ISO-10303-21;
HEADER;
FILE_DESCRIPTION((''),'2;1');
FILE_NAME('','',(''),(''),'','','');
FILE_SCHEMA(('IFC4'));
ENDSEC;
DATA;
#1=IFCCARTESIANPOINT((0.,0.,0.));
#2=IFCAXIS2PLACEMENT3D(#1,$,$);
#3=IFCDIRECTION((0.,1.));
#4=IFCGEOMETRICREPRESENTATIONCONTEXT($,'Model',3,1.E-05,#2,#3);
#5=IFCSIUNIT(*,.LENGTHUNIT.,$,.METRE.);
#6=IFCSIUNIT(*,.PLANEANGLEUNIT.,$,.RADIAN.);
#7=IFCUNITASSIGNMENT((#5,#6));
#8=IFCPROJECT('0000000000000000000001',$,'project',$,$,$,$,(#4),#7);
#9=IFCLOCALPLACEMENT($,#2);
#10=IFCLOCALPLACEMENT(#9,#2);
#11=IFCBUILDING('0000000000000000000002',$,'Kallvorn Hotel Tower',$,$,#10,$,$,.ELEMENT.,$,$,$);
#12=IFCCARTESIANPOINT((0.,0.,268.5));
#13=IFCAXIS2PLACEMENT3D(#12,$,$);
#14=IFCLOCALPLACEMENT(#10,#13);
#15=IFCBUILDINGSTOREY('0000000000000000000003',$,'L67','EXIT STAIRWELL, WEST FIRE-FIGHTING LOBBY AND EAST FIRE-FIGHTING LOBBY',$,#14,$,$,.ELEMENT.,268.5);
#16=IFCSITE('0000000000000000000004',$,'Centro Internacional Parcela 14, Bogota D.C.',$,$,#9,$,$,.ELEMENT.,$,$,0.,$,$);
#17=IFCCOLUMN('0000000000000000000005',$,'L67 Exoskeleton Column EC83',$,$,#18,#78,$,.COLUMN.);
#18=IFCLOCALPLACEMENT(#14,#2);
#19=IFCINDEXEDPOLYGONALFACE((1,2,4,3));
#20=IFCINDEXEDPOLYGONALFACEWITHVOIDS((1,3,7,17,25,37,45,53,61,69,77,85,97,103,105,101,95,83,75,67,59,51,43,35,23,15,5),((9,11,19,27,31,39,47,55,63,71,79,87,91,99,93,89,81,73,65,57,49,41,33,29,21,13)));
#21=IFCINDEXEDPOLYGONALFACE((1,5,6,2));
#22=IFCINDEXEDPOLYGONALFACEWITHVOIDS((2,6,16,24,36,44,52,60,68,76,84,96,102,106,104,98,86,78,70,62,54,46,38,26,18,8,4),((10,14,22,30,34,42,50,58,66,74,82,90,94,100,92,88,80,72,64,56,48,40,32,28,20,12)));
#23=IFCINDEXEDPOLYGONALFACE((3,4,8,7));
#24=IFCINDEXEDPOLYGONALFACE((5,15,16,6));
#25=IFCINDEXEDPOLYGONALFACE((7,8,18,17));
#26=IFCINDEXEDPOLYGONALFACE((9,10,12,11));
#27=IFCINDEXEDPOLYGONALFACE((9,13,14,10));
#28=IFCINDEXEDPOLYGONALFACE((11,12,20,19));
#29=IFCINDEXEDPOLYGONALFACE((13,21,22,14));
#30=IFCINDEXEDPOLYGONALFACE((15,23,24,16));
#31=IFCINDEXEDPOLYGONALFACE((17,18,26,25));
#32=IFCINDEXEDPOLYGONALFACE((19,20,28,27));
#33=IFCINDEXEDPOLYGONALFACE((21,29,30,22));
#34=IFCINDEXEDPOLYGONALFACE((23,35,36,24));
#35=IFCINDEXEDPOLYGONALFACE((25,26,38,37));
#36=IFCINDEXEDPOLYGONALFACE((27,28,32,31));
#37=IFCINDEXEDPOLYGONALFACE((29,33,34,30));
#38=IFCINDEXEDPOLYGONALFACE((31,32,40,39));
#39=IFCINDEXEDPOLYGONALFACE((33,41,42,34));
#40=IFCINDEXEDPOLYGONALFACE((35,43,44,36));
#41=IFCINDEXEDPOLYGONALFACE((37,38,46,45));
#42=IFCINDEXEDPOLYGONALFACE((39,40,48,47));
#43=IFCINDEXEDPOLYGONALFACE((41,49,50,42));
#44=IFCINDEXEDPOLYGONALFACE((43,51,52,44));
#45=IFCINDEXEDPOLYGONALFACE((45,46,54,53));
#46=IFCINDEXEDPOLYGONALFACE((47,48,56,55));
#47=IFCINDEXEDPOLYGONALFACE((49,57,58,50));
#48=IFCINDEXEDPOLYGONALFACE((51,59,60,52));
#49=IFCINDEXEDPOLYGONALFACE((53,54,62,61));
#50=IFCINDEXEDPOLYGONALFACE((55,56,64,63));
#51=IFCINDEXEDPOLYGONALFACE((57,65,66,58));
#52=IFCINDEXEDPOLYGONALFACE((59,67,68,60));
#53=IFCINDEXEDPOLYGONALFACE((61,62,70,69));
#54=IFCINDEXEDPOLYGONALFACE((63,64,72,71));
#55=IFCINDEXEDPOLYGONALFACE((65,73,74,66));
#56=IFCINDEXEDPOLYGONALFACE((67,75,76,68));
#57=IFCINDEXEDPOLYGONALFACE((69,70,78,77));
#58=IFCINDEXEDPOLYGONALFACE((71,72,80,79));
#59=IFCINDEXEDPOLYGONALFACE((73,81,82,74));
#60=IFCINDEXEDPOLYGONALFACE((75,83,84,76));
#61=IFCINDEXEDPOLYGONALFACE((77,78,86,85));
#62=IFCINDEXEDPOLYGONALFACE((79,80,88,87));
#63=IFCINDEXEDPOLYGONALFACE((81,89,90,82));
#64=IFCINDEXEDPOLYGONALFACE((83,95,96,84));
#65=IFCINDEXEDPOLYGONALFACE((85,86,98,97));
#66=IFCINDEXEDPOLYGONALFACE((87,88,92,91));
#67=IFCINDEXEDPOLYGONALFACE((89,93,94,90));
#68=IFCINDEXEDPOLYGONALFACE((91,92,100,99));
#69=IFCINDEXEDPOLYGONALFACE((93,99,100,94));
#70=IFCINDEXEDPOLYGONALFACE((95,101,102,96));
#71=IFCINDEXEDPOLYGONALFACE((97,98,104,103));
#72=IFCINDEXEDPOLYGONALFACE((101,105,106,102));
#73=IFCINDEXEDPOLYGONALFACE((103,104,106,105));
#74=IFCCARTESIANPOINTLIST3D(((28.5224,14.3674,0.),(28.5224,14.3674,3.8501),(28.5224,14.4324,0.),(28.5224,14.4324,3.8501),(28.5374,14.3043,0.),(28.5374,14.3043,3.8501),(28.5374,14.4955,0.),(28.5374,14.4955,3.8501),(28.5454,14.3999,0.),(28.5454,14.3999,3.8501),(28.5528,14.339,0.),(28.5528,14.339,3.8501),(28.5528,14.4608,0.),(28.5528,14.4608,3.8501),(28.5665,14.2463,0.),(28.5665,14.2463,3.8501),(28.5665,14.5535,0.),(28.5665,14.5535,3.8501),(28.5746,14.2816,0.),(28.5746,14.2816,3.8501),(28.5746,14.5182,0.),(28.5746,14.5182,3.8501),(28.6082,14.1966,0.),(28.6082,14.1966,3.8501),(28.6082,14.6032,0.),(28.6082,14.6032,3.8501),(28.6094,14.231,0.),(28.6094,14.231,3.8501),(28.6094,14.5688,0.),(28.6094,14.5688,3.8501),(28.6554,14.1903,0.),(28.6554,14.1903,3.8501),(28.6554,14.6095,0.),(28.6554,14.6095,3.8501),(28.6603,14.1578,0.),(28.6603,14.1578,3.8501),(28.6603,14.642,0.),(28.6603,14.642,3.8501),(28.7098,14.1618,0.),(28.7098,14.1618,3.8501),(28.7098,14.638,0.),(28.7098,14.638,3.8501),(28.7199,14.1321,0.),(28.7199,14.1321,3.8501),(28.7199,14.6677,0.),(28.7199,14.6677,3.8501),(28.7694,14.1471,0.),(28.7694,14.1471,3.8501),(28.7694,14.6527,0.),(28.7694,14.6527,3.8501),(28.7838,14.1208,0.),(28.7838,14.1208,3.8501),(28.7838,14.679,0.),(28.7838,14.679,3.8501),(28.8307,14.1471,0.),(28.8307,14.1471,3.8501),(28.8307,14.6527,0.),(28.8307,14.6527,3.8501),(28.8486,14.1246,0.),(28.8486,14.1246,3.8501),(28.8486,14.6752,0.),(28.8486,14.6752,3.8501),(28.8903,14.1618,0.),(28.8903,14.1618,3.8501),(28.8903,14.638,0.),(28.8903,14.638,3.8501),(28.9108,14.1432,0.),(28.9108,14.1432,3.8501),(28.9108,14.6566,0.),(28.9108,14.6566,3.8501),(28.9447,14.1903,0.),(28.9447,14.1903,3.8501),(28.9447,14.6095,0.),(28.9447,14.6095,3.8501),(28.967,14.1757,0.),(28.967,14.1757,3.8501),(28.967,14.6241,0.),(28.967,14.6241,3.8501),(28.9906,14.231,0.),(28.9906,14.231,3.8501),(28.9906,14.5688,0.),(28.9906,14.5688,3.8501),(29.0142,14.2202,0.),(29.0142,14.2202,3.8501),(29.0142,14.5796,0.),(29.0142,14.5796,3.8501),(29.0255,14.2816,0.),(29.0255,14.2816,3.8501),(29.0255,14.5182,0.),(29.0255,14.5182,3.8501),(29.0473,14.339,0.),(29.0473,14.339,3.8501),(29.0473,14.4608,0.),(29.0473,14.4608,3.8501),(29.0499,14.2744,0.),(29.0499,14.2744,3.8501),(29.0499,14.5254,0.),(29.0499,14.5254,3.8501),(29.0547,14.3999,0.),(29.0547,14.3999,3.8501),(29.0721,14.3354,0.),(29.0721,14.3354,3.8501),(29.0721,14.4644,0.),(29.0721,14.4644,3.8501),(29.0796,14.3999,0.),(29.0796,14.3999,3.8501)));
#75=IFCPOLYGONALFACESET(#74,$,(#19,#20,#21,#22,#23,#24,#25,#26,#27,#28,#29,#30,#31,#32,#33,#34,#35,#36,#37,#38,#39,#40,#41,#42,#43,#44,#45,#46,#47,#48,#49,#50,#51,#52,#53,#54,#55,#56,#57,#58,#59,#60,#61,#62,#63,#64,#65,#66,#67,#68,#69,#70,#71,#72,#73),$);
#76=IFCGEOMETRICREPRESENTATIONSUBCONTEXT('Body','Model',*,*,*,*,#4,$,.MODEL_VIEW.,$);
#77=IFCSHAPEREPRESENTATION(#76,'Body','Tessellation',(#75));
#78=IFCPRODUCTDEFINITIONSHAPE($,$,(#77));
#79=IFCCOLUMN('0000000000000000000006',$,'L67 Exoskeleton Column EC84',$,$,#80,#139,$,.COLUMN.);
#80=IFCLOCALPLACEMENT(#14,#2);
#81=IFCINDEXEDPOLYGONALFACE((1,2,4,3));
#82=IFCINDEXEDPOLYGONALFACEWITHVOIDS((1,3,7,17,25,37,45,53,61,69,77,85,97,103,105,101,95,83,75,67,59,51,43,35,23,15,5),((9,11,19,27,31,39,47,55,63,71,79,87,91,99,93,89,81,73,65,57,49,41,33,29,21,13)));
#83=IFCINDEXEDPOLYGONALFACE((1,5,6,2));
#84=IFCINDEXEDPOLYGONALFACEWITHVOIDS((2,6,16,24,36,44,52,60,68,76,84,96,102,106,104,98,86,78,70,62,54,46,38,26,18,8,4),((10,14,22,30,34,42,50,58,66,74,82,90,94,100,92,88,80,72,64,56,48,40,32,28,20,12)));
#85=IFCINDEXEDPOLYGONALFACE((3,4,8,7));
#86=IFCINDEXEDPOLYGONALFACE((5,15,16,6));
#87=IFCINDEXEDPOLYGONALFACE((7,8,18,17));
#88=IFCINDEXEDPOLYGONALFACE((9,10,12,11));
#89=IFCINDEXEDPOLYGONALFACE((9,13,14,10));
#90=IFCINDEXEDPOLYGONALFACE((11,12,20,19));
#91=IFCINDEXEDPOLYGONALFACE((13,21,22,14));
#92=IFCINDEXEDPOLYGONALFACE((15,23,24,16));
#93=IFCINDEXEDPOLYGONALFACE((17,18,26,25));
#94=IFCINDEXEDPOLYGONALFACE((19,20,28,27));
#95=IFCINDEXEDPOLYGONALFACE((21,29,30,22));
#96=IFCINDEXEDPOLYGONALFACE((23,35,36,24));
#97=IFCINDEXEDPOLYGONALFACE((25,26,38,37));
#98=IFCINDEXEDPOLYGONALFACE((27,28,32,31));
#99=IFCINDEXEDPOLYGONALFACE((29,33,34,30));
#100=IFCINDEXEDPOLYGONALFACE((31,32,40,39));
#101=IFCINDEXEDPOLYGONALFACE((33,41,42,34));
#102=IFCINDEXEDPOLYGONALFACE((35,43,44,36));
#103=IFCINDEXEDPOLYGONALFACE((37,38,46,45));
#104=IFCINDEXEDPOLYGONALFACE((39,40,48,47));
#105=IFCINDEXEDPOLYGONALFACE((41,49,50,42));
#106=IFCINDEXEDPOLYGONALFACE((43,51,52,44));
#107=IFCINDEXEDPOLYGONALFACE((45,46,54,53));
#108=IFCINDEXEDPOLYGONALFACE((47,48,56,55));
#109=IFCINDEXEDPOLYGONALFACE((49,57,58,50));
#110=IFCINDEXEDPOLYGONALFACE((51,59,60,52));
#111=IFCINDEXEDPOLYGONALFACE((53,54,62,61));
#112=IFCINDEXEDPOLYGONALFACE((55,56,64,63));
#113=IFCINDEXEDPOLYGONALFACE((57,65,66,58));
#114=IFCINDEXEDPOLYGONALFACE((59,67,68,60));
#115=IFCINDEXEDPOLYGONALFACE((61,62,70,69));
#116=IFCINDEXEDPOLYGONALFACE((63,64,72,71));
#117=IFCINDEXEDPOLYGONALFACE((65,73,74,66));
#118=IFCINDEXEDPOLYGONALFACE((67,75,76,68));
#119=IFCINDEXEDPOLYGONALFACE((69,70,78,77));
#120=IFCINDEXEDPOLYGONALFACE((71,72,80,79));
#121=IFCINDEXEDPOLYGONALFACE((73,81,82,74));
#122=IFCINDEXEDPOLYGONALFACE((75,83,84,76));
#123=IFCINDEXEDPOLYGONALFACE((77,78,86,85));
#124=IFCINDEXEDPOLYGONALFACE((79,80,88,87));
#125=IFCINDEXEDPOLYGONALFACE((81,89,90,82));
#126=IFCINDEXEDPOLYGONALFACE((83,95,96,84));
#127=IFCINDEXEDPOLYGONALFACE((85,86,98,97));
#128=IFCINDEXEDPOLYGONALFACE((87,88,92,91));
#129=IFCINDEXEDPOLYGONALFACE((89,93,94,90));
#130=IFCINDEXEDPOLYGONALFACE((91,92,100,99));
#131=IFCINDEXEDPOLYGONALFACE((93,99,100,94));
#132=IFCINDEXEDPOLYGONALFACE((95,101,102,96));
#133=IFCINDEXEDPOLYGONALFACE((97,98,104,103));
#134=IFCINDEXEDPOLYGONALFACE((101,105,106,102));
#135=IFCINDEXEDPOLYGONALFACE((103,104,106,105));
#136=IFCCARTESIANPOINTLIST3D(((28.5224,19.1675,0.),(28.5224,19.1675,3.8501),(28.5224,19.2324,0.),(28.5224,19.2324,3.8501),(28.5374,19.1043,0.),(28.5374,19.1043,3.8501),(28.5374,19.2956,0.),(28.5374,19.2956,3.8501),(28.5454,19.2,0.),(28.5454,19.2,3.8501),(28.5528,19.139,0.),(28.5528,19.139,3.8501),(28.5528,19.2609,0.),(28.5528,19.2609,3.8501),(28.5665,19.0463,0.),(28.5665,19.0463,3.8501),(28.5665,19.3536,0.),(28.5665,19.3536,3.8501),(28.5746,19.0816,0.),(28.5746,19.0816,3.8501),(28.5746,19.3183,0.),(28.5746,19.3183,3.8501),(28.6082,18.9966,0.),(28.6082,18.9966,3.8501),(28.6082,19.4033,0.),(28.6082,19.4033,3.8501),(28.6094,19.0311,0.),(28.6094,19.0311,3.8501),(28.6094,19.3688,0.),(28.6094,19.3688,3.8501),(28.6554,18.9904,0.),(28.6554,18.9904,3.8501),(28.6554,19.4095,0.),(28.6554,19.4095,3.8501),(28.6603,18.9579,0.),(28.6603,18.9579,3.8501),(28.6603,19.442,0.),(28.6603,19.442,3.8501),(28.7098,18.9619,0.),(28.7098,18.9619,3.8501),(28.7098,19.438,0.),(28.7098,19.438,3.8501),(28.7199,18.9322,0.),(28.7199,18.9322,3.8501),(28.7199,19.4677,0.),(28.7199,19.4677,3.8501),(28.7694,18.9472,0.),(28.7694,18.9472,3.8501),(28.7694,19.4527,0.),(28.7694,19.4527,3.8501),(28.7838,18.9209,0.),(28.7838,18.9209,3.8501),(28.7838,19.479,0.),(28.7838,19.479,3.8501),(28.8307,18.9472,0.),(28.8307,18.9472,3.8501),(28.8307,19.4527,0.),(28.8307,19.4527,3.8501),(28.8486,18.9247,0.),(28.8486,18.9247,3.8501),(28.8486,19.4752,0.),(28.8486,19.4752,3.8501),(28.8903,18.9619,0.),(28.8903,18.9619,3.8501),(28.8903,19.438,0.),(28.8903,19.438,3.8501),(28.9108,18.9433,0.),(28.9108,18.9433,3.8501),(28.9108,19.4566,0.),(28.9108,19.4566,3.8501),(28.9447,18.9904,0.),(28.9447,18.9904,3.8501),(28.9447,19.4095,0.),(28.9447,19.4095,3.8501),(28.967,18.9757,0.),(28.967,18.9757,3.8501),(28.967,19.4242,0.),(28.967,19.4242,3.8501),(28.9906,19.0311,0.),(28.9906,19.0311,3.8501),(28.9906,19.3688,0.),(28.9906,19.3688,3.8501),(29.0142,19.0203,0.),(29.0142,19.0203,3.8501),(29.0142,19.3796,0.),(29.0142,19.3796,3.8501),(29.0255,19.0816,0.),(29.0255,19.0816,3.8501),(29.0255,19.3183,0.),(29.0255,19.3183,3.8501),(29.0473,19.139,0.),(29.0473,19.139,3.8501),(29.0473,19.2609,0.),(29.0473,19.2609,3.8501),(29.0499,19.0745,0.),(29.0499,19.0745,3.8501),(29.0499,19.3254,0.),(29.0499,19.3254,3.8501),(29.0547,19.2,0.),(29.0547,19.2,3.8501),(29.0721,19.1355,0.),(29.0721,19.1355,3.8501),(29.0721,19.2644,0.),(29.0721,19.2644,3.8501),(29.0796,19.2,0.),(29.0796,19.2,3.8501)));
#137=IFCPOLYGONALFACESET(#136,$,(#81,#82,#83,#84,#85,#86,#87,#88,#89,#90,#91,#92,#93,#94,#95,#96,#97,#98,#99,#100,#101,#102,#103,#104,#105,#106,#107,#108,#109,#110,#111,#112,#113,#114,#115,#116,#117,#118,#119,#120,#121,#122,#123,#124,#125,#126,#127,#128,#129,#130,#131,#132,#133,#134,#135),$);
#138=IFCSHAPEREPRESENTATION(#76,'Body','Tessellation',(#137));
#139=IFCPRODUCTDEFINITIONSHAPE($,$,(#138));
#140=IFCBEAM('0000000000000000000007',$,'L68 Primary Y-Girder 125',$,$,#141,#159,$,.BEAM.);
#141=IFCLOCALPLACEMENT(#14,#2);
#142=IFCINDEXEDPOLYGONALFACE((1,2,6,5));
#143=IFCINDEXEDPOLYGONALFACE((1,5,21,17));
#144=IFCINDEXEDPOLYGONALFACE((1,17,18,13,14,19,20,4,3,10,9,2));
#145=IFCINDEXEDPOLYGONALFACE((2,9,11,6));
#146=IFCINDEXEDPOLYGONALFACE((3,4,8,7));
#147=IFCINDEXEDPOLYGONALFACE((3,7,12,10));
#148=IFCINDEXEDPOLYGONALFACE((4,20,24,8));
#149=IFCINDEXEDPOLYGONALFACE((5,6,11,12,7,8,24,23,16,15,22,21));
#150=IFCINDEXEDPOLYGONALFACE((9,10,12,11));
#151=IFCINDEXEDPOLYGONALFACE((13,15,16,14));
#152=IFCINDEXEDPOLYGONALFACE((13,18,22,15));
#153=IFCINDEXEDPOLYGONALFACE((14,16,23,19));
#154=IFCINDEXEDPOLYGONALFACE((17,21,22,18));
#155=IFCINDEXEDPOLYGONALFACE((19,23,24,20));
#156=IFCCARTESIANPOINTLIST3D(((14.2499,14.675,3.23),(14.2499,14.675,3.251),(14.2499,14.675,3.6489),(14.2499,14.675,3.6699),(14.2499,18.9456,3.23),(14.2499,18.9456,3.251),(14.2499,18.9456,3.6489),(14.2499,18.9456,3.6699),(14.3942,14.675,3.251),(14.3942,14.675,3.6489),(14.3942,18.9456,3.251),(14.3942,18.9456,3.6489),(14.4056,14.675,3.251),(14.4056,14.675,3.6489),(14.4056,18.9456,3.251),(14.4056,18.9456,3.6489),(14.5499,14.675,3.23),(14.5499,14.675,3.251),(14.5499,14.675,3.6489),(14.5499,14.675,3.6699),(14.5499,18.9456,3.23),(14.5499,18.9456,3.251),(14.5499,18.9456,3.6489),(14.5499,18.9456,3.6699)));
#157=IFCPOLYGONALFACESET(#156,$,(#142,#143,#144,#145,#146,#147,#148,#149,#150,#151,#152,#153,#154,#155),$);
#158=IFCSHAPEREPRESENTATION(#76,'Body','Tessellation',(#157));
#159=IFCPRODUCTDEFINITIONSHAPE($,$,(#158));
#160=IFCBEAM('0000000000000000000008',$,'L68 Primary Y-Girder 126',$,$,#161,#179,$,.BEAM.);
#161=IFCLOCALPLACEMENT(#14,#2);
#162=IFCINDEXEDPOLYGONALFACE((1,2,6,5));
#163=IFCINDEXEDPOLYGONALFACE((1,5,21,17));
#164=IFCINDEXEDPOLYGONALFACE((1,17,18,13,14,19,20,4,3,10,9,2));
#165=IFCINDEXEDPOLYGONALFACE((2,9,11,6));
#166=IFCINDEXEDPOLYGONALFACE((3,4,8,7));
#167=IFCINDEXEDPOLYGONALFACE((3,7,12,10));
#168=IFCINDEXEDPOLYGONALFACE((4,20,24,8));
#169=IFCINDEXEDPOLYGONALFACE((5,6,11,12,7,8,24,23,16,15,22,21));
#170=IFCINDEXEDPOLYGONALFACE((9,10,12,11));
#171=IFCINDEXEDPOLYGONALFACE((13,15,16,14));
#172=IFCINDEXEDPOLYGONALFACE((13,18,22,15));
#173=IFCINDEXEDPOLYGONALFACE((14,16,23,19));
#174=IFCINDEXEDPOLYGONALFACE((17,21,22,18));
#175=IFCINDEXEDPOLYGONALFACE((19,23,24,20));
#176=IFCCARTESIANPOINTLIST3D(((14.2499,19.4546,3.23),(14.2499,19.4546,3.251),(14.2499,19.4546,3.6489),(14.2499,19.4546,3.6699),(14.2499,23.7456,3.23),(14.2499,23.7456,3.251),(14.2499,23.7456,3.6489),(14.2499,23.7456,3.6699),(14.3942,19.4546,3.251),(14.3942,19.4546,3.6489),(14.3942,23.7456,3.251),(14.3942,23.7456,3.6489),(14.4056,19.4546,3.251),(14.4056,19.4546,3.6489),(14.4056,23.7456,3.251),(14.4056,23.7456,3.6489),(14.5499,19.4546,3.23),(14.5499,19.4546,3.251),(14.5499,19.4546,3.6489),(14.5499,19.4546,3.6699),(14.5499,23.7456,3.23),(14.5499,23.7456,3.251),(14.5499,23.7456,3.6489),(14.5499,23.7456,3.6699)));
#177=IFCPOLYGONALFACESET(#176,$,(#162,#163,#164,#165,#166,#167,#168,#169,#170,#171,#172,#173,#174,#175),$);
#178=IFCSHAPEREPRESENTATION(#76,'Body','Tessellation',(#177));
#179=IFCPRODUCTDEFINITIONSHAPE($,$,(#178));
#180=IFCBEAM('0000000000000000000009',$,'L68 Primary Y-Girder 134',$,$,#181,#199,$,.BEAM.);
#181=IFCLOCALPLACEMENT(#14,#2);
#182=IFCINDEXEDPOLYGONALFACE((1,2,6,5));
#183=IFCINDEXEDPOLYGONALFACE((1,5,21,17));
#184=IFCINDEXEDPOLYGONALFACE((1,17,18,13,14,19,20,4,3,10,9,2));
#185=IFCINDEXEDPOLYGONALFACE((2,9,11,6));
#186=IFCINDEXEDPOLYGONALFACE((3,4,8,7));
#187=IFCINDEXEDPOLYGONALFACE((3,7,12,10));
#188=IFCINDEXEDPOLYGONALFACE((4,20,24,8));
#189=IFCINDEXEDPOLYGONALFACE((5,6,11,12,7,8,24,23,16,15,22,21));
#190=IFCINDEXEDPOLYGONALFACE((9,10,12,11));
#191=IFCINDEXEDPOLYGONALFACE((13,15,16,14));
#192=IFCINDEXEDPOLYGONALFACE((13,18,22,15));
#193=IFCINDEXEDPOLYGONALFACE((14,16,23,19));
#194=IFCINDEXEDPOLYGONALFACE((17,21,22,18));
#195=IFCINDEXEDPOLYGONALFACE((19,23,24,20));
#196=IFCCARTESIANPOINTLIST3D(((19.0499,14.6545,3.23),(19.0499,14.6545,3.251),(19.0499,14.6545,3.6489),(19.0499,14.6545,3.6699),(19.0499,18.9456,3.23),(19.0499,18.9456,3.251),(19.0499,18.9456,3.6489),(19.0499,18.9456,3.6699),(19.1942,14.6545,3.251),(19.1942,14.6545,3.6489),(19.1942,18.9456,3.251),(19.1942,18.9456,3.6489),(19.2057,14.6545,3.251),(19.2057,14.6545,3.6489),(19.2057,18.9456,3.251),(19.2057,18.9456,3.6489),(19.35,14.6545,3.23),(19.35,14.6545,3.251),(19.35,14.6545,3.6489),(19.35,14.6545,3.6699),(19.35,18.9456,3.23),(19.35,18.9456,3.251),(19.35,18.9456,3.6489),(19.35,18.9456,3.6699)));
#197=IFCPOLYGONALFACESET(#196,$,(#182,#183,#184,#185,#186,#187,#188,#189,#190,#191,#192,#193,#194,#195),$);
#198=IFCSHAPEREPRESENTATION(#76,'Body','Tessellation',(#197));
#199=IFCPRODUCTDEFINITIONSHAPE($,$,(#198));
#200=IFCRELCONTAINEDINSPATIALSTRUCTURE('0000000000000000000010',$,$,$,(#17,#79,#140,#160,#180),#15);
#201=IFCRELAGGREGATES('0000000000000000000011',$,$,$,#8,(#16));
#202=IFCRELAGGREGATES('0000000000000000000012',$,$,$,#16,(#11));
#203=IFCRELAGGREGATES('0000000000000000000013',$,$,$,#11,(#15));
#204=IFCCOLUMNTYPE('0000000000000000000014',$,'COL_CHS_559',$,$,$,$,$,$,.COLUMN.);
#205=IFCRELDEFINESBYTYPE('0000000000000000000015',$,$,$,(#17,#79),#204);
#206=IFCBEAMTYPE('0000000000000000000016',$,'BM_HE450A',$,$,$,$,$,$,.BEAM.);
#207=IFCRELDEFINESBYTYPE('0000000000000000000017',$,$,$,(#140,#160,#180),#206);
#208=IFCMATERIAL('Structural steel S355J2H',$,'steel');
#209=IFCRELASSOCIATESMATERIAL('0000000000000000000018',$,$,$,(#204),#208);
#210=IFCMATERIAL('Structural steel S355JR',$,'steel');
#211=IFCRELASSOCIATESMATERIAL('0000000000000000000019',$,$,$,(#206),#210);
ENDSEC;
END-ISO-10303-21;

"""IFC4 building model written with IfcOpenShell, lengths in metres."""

from ifc_helpers import new_model, si_unit, direction, frame, origin, origin_2d, place, context, subcontext, project, spatial, hollow_circle, i_section, extrude, material, material_profile, profile_set, type_object, element, save


model = new_model("IFC4")

# Units and contexts
model_context = context("Model", 3, precision=1e-05, world=origin(), true_north=direction((0.0, 1.0)))
body_context = subcontext(model_context, "Body", "Model", "MODEL_VIEW")
ifc_project = project(units=[si_unit("LENGTHUNIT", "METRE"), si_unit("PLANEANGLEUNIT", "RADIAN")], contexts=[model_context])

# Site, building, storey
site_placement = place(None, origin())
site = spatial("IfcSite", under=ifc_project, at=site_placement, Name="Centro Internacional Parcela 14, Bogota D.C.", CompositionType="ELEMENT", RefElevation=0.0)
building_placement = place(site_placement, origin())
building = spatial("IfcBuilding", under=site, at=building_placement, Name="Kallvorn Hotel Tower", CompositionType="ELEMENT")
storey_placement = place(building_placement, frame((0.0, 0.0, 268.5)))
storey = spatial("IfcBuildingStorey", under=building, at=storey_placement, Name="L67", Description="EXIT STAIRWELL, WEST FIRE-FIGHTING LOBBY AND EAST FIRE-FIGHTING LOBBY", CompositionType="ELEMENT", Elevation=268.5)

# Columns
ifc_material_1 = material(Name="Structural steel S355J2H", Category="steel")
ifc_material_profile_1 = material_profile(ifc_material_1, hollow_circle(Radius=0.2795, WallThickness=0.0249, at=origin_2d()), Name="CHS 559x25")
ifc_profile_set_1 = profile_set([ifc_material_profile_1], Name="Structural steel S355J2H")
column_type = type_object("IfcColumnType", Name="COL_CHS_559", PredefinedType="COLUMN", material=ifc_profile_set_1)
for number, where, z_axis, x_axis, name in (
    (1, (28.8, 14.3999, 0.0), (0.0, 0.0, 1.0), (1.0, 0.0, 0.0), "L67 Exoskeleton Column EC83"),
    (2, (28.8, 19.2, 0.0), (0.0, 0.0, 1.0), (1.0, 0.0, 0.0), "L67 Exoskeleton Column EC84"),
):
    element("IfcColumn", number, at=place(storey_placement, frame(where, z_axis=z_axis, x_axis=x_axis)), inside=storey, type_object=column_type, Name=name, PredefinedType="COLUMN", context=body_context, shape_type="SweptSolid", body=[
        extrude(hollow_circle(Radius=0.2795, WallThickness=0.0249, at=origin_2d()), origin(), (0.0, 0.0, 1.0), 3.8501),
    ])

# Beams
ifc_material_2 = material(Name="Structural steel S355JR", Category="steel")
ifc_material_profile_2 = material_profile(ifc_material_2, i_section(OverallWidth=0.3, OverallDepth=0.4399, WebThickness=0.0115, FlangeThickness=0.021, at=origin_2d()), Name="HE 450 A")
ifc_profile_set_2 = profile_set([ifc_material_profile_2], Name="Structural steel S355JR")
beam_type_1 = type_object("IfcBeamType", Name="BM_HE450A", PredefinedType="BEAM", material=ifc_profile_set_2)
beam_1_placement = place(storey_placement, frame((14.3999, 14.675, 3.45), z_axis=(0.0, 1.0, 0.0), x_axis=(-1.0, 0.0, 0.0)))
element("IfcBeam", 3, at=beam_1_placement, inside=storey, type_object=beam_type_1, Name="L68 Primary Y-Girder 125", PredefinedType="BEAM", context=body_context, shape_type="SweptSolid", body=[
    extrude(i_section(OverallWidth=0.3, OverallDepth=0.4399, WebThickness=0.0115, FlangeThickness=0.021, at=origin_2d()), origin(), (0.0, 0.0, 1.0), 4.2705),
])
for number, where, z_axis, x_axis, name in (
    (4, (14.3999, 19.4546, 3.45), (0.0, 1.0, 0.0), (-1.0, 0.0, 0.0), "L68 Primary Y-Girder 126"),
    (5, (19.2, 14.6545, 3.45), (0.0, 1.0, 0.0), (-1.0, 0.0, 0.0), "L68 Primary Y-Girder 134"),
):
    element("IfcBeam", number, at=place(storey_placement, frame(where, z_axis=z_axis, x_axis=x_axis)), inside=storey, type_object=beam_type_1, Name=name, PredefinedType="BEAM", context=body_context, shape_type="SweptSolid", body=[
        extrude(i_section(OverallWidth=0.3, OverallDepth=0.4399, WebThickness=0.0115, FlangeThickness=0.021, at=origin_2d()), origin(), (0.0, 0.0, 1.0), 4.291),
    ])

save(model, "model.ifc")
